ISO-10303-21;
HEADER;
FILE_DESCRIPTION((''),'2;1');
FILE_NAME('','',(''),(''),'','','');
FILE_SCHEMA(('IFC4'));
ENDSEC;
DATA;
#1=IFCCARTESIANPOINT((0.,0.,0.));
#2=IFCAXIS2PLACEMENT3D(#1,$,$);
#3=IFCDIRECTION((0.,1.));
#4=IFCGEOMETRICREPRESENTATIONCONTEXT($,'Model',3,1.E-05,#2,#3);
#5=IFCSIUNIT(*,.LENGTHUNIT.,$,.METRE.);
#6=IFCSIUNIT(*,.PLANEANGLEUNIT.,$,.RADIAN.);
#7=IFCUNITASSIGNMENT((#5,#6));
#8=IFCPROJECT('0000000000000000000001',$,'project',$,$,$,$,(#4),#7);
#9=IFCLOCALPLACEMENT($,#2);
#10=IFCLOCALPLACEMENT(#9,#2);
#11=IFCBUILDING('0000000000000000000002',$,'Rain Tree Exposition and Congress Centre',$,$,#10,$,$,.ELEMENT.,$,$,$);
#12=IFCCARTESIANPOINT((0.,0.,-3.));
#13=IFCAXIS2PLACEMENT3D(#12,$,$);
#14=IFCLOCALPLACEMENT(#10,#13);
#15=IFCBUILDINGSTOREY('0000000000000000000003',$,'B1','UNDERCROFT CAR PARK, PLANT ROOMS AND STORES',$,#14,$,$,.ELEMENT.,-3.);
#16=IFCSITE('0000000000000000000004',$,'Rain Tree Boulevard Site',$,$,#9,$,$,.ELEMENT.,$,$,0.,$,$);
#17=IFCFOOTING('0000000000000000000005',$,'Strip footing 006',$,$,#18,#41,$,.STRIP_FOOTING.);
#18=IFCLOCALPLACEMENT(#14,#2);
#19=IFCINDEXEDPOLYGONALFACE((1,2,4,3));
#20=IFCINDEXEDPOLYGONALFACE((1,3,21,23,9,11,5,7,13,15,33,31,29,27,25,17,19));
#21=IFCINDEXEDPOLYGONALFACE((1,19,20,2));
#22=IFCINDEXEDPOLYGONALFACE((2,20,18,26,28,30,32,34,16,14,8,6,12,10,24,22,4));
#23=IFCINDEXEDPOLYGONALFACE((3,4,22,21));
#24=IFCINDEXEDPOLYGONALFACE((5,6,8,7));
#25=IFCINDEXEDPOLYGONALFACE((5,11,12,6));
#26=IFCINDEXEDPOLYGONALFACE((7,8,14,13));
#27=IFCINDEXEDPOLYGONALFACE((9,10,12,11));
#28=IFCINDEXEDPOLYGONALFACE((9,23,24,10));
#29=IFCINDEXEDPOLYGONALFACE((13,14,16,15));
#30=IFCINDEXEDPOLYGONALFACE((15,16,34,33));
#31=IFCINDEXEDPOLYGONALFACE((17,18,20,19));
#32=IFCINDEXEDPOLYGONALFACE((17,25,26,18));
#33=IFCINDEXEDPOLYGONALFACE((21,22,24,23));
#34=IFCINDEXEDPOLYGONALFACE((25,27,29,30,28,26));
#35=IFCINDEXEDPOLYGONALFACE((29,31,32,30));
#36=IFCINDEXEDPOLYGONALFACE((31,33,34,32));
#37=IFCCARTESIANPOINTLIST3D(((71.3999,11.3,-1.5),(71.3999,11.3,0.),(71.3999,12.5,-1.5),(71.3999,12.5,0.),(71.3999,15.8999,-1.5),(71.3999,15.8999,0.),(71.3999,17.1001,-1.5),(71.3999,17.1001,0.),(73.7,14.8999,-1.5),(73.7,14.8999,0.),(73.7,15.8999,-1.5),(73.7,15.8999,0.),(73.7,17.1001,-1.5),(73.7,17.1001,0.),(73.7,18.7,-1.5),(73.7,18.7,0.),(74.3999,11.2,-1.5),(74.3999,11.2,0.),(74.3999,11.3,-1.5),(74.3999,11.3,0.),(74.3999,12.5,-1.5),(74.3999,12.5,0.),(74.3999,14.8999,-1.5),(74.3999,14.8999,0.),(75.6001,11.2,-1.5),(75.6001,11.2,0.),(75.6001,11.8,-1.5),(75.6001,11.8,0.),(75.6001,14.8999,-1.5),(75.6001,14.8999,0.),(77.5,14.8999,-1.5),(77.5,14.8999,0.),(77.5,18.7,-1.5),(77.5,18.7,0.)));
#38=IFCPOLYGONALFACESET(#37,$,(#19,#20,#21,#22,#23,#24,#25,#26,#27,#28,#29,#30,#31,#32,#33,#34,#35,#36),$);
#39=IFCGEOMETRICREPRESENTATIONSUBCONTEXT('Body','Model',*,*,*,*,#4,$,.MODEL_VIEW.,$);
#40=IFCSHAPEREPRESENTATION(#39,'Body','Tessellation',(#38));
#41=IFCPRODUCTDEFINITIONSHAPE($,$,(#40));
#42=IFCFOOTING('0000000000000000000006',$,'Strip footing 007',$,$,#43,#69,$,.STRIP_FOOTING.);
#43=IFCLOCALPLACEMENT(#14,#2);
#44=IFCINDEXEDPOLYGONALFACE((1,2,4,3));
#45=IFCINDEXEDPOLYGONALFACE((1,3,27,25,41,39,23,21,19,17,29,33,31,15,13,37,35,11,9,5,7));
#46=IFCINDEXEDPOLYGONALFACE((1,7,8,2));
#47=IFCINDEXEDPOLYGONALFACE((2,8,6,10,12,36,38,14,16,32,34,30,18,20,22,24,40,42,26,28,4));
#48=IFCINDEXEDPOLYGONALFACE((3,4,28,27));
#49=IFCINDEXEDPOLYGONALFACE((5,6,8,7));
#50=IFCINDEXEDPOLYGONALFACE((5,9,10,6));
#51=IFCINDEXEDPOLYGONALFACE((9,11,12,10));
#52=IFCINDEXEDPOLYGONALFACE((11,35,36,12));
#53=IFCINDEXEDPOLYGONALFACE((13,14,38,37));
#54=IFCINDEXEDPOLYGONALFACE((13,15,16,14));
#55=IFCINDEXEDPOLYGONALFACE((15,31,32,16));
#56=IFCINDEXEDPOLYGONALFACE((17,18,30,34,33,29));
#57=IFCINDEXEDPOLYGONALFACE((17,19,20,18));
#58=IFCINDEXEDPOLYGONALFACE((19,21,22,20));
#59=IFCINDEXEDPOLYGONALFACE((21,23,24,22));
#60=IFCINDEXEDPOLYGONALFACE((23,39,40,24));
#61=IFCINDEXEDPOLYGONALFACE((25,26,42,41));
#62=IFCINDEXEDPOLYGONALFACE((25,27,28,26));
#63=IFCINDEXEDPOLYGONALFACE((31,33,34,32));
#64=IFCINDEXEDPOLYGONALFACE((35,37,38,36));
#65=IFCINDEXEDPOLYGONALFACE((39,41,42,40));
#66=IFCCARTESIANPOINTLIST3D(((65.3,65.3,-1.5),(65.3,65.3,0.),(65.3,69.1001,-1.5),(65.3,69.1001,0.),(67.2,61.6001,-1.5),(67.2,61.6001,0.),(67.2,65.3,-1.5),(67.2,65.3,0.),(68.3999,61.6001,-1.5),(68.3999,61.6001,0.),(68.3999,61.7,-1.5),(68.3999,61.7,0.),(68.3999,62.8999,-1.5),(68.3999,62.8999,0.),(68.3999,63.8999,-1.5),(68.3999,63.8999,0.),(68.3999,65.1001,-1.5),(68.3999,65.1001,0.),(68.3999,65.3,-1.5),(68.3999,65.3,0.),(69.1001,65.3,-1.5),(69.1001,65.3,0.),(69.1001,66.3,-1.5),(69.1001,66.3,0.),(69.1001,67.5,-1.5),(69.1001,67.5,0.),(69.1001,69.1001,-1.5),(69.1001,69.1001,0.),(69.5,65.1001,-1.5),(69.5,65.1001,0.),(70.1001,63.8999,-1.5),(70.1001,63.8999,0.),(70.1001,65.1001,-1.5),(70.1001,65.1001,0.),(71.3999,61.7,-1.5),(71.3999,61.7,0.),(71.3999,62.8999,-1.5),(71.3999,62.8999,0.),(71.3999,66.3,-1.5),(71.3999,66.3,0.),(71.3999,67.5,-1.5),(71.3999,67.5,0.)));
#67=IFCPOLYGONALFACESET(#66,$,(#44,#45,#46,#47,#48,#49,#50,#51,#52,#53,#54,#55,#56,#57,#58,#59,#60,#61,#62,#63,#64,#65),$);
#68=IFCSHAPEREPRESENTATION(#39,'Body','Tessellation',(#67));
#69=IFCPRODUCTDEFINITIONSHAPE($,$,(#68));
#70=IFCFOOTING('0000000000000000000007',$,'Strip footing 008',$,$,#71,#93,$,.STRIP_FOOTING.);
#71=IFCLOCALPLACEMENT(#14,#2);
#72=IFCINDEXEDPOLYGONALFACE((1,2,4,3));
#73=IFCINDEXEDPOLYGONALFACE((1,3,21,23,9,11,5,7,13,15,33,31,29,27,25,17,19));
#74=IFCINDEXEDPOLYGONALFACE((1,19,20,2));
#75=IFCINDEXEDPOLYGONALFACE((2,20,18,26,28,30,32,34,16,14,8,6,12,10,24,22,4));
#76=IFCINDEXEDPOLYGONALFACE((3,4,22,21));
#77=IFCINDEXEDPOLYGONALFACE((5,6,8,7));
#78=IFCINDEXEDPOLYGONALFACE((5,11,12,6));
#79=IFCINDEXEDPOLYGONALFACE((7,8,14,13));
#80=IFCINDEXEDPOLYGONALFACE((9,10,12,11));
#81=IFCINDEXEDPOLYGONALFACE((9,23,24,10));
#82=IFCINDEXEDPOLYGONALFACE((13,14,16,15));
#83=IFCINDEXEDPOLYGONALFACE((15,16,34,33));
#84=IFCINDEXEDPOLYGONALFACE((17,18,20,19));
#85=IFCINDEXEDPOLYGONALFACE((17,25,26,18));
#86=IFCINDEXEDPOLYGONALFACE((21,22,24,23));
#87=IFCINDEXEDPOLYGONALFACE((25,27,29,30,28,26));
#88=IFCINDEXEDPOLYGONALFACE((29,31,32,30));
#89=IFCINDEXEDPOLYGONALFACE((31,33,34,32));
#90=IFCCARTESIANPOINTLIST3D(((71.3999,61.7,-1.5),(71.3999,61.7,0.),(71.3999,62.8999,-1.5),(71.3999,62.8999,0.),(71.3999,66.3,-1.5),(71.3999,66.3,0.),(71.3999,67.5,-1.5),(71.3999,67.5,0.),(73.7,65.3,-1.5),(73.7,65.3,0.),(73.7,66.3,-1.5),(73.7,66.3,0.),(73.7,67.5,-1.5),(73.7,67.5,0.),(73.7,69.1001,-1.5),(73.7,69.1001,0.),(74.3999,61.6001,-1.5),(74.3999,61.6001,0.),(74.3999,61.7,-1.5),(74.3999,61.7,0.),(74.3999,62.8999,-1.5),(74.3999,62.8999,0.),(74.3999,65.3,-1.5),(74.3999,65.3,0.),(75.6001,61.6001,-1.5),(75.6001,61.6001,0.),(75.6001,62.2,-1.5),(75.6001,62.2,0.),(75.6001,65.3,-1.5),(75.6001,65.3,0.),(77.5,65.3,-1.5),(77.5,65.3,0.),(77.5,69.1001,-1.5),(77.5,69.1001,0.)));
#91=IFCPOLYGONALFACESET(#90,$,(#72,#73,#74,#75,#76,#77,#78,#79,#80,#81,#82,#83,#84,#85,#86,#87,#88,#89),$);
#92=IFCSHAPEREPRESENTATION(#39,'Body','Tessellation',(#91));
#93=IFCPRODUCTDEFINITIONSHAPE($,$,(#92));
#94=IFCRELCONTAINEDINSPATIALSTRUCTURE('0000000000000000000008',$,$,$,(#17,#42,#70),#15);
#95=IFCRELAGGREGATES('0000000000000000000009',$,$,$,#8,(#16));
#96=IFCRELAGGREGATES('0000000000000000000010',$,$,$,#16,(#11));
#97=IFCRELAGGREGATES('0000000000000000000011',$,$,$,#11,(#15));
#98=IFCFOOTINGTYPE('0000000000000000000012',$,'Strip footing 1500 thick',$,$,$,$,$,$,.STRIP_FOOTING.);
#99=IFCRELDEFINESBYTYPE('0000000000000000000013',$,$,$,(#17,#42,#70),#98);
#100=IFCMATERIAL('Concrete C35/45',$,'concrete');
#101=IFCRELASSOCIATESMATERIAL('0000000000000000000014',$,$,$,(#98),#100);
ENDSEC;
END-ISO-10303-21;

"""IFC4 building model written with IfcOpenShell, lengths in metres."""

from ifc_helpers import new_model, si_unit, direction, frame, origin, place, context, subcontext, project, spatial, polyline, outline, extrude, material, type_object, element, save


model = new_model("IFC4")

# Units and contexts
model_context = context("Model", 3, precision=1e-05, world=origin(), true_north=direction((0.0, 1.0)))
body_context = subcontext(model_context, "Body", "Model", "MODEL_VIEW")
ifc_project = project(units=[si_unit("LENGTHUNIT", "METRE"), si_unit("PLANEANGLEUNIT", "RADIAN")], contexts=[model_context])

# Site, building, storey
site_placement = place(None, origin())
site = spatial("IfcSite", under=ifc_project, at=site_placement, Name="Rain Tree Boulevard Site", CompositionType="ELEMENT", RefElevation=0.0)
building_placement = place(site_placement, origin())
building = spatial("IfcBuilding", under=site, at=building_placement, Name="Rain Tree Exposition and Congress Centre", CompositionType="ELEMENT")
storey_placement = place(building_placement, frame((0.0, 0.0, -3.0)))
storey = spatial("IfcBuildingStorey", under=building, at=storey_placement, Name="B1", Description="UNDERCROFT CAR PARK, PLANT ROOMS AND STORES", CompositionType="ELEMENT", Elevation=-3.0)

# Footings
ifc_material_1 = material(Name="Concrete C35/45", Category="concrete")
footing_type_1 = type_object("IfcFootingType", Name="Strip footing 1500 thick", PredefinedType="STRIP_FOOTING", material=ifc_material_1)
footing_1_placement = place(storey_placement, frame((0.0, 0.0, -1.5)))
element("IfcFooting", 1, at=footing_1_placement, inside=storey, type_object=footing_type_1, Name="Strip footing 006", PredefinedType="STRIP_FOOTING", context=body_context, shape_type="SweptSolid", body=[
    extrude(outline(polyline([(73.7, 17.1001), (71.3999, 17.1001), (71.3999, 15.8999), (73.7, 15.8999), (73.7, 14.8999), (74.3999, 14.8999), (74.3999, 12.5), (71.3999, 12.5), (71.3999, 11.3), (74.3999, 11.3), (74.3999, 11.2), (75.6001, 11.2), (75.6001, 11.8), (75.6001, 14.8999), (77.5, 14.8999), (77.5, 18.7), (73.7, 18.7), (73.7, 17.1001)])), origin(), (0.0, 0.0, 1.0), 1.5),
])
footing_2_placement = place(storey_placement, frame((0.0, 0.0, -1.5)))
element("IfcFooting", 2, at=footing_2_placement, inside=storey, type_object=footing_type_1, Name="Strip footing 007", PredefinedType="STRIP_FOOTING", context=body_context, shape_type="SweptSolid", body=[
    extrude(outline(polyline([(68.3999, 61.6001), (68.3999, 61.7), (71.3999, 61.7), (71.3999, 62.8999), (68.3999, 62.8999), (68.3999, 63.8999), (70.1001, 63.8999), (70.1001, 65.1001), (69.5, 65.1001), (68.3999, 65.1001), (68.3999, 65.3), (69.1001, 65.3), (69.1001, 66.3), (71.3999, 66.3), (71.3999, 67.5), (69.1001, 67.5), (69.1001, 69.1001), (65.3, 69.1001), (65.3, 65.3), (67.2, 65.3), (67.2, 61.6001), (68.3999, 61.6001)])), origin(), (0.0, 0.0, 1.0), 1.5),
])
footing_3_placement = place(storey_placement, frame((0.0, 0.0, -1.5)))
element("IfcFooting", 3, at=footing_3_placement, inside=storey, type_object=footing_type_1, Name="Strip footing 008", PredefinedType="STRIP_FOOTING", context=body_context, shape_type="SweptSolid", body=[
    extrude(outline(polyline([(73.7, 67.5), (71.3999, 67.5), (71.3999, 66.3), (73.7, 66.3), (73.7, 65.3), (74.3999, 65.3), (74.3999, 62.8999), (71.3999, 62.8999), (71.3999, 61.7), (74.3999, 61.7), (74.3999, 61.6001), (75.6001, 61.6001), (75.6001, 62.2), (75.6001, 65.3), (77.5, 65.3), (77.5, 69.1001), (73.7, 69.1001), (73.7, 67.5)])), origin(), (0.0, 0.0, 1.0), 1.5),
])

save(model, "model.ifc")
